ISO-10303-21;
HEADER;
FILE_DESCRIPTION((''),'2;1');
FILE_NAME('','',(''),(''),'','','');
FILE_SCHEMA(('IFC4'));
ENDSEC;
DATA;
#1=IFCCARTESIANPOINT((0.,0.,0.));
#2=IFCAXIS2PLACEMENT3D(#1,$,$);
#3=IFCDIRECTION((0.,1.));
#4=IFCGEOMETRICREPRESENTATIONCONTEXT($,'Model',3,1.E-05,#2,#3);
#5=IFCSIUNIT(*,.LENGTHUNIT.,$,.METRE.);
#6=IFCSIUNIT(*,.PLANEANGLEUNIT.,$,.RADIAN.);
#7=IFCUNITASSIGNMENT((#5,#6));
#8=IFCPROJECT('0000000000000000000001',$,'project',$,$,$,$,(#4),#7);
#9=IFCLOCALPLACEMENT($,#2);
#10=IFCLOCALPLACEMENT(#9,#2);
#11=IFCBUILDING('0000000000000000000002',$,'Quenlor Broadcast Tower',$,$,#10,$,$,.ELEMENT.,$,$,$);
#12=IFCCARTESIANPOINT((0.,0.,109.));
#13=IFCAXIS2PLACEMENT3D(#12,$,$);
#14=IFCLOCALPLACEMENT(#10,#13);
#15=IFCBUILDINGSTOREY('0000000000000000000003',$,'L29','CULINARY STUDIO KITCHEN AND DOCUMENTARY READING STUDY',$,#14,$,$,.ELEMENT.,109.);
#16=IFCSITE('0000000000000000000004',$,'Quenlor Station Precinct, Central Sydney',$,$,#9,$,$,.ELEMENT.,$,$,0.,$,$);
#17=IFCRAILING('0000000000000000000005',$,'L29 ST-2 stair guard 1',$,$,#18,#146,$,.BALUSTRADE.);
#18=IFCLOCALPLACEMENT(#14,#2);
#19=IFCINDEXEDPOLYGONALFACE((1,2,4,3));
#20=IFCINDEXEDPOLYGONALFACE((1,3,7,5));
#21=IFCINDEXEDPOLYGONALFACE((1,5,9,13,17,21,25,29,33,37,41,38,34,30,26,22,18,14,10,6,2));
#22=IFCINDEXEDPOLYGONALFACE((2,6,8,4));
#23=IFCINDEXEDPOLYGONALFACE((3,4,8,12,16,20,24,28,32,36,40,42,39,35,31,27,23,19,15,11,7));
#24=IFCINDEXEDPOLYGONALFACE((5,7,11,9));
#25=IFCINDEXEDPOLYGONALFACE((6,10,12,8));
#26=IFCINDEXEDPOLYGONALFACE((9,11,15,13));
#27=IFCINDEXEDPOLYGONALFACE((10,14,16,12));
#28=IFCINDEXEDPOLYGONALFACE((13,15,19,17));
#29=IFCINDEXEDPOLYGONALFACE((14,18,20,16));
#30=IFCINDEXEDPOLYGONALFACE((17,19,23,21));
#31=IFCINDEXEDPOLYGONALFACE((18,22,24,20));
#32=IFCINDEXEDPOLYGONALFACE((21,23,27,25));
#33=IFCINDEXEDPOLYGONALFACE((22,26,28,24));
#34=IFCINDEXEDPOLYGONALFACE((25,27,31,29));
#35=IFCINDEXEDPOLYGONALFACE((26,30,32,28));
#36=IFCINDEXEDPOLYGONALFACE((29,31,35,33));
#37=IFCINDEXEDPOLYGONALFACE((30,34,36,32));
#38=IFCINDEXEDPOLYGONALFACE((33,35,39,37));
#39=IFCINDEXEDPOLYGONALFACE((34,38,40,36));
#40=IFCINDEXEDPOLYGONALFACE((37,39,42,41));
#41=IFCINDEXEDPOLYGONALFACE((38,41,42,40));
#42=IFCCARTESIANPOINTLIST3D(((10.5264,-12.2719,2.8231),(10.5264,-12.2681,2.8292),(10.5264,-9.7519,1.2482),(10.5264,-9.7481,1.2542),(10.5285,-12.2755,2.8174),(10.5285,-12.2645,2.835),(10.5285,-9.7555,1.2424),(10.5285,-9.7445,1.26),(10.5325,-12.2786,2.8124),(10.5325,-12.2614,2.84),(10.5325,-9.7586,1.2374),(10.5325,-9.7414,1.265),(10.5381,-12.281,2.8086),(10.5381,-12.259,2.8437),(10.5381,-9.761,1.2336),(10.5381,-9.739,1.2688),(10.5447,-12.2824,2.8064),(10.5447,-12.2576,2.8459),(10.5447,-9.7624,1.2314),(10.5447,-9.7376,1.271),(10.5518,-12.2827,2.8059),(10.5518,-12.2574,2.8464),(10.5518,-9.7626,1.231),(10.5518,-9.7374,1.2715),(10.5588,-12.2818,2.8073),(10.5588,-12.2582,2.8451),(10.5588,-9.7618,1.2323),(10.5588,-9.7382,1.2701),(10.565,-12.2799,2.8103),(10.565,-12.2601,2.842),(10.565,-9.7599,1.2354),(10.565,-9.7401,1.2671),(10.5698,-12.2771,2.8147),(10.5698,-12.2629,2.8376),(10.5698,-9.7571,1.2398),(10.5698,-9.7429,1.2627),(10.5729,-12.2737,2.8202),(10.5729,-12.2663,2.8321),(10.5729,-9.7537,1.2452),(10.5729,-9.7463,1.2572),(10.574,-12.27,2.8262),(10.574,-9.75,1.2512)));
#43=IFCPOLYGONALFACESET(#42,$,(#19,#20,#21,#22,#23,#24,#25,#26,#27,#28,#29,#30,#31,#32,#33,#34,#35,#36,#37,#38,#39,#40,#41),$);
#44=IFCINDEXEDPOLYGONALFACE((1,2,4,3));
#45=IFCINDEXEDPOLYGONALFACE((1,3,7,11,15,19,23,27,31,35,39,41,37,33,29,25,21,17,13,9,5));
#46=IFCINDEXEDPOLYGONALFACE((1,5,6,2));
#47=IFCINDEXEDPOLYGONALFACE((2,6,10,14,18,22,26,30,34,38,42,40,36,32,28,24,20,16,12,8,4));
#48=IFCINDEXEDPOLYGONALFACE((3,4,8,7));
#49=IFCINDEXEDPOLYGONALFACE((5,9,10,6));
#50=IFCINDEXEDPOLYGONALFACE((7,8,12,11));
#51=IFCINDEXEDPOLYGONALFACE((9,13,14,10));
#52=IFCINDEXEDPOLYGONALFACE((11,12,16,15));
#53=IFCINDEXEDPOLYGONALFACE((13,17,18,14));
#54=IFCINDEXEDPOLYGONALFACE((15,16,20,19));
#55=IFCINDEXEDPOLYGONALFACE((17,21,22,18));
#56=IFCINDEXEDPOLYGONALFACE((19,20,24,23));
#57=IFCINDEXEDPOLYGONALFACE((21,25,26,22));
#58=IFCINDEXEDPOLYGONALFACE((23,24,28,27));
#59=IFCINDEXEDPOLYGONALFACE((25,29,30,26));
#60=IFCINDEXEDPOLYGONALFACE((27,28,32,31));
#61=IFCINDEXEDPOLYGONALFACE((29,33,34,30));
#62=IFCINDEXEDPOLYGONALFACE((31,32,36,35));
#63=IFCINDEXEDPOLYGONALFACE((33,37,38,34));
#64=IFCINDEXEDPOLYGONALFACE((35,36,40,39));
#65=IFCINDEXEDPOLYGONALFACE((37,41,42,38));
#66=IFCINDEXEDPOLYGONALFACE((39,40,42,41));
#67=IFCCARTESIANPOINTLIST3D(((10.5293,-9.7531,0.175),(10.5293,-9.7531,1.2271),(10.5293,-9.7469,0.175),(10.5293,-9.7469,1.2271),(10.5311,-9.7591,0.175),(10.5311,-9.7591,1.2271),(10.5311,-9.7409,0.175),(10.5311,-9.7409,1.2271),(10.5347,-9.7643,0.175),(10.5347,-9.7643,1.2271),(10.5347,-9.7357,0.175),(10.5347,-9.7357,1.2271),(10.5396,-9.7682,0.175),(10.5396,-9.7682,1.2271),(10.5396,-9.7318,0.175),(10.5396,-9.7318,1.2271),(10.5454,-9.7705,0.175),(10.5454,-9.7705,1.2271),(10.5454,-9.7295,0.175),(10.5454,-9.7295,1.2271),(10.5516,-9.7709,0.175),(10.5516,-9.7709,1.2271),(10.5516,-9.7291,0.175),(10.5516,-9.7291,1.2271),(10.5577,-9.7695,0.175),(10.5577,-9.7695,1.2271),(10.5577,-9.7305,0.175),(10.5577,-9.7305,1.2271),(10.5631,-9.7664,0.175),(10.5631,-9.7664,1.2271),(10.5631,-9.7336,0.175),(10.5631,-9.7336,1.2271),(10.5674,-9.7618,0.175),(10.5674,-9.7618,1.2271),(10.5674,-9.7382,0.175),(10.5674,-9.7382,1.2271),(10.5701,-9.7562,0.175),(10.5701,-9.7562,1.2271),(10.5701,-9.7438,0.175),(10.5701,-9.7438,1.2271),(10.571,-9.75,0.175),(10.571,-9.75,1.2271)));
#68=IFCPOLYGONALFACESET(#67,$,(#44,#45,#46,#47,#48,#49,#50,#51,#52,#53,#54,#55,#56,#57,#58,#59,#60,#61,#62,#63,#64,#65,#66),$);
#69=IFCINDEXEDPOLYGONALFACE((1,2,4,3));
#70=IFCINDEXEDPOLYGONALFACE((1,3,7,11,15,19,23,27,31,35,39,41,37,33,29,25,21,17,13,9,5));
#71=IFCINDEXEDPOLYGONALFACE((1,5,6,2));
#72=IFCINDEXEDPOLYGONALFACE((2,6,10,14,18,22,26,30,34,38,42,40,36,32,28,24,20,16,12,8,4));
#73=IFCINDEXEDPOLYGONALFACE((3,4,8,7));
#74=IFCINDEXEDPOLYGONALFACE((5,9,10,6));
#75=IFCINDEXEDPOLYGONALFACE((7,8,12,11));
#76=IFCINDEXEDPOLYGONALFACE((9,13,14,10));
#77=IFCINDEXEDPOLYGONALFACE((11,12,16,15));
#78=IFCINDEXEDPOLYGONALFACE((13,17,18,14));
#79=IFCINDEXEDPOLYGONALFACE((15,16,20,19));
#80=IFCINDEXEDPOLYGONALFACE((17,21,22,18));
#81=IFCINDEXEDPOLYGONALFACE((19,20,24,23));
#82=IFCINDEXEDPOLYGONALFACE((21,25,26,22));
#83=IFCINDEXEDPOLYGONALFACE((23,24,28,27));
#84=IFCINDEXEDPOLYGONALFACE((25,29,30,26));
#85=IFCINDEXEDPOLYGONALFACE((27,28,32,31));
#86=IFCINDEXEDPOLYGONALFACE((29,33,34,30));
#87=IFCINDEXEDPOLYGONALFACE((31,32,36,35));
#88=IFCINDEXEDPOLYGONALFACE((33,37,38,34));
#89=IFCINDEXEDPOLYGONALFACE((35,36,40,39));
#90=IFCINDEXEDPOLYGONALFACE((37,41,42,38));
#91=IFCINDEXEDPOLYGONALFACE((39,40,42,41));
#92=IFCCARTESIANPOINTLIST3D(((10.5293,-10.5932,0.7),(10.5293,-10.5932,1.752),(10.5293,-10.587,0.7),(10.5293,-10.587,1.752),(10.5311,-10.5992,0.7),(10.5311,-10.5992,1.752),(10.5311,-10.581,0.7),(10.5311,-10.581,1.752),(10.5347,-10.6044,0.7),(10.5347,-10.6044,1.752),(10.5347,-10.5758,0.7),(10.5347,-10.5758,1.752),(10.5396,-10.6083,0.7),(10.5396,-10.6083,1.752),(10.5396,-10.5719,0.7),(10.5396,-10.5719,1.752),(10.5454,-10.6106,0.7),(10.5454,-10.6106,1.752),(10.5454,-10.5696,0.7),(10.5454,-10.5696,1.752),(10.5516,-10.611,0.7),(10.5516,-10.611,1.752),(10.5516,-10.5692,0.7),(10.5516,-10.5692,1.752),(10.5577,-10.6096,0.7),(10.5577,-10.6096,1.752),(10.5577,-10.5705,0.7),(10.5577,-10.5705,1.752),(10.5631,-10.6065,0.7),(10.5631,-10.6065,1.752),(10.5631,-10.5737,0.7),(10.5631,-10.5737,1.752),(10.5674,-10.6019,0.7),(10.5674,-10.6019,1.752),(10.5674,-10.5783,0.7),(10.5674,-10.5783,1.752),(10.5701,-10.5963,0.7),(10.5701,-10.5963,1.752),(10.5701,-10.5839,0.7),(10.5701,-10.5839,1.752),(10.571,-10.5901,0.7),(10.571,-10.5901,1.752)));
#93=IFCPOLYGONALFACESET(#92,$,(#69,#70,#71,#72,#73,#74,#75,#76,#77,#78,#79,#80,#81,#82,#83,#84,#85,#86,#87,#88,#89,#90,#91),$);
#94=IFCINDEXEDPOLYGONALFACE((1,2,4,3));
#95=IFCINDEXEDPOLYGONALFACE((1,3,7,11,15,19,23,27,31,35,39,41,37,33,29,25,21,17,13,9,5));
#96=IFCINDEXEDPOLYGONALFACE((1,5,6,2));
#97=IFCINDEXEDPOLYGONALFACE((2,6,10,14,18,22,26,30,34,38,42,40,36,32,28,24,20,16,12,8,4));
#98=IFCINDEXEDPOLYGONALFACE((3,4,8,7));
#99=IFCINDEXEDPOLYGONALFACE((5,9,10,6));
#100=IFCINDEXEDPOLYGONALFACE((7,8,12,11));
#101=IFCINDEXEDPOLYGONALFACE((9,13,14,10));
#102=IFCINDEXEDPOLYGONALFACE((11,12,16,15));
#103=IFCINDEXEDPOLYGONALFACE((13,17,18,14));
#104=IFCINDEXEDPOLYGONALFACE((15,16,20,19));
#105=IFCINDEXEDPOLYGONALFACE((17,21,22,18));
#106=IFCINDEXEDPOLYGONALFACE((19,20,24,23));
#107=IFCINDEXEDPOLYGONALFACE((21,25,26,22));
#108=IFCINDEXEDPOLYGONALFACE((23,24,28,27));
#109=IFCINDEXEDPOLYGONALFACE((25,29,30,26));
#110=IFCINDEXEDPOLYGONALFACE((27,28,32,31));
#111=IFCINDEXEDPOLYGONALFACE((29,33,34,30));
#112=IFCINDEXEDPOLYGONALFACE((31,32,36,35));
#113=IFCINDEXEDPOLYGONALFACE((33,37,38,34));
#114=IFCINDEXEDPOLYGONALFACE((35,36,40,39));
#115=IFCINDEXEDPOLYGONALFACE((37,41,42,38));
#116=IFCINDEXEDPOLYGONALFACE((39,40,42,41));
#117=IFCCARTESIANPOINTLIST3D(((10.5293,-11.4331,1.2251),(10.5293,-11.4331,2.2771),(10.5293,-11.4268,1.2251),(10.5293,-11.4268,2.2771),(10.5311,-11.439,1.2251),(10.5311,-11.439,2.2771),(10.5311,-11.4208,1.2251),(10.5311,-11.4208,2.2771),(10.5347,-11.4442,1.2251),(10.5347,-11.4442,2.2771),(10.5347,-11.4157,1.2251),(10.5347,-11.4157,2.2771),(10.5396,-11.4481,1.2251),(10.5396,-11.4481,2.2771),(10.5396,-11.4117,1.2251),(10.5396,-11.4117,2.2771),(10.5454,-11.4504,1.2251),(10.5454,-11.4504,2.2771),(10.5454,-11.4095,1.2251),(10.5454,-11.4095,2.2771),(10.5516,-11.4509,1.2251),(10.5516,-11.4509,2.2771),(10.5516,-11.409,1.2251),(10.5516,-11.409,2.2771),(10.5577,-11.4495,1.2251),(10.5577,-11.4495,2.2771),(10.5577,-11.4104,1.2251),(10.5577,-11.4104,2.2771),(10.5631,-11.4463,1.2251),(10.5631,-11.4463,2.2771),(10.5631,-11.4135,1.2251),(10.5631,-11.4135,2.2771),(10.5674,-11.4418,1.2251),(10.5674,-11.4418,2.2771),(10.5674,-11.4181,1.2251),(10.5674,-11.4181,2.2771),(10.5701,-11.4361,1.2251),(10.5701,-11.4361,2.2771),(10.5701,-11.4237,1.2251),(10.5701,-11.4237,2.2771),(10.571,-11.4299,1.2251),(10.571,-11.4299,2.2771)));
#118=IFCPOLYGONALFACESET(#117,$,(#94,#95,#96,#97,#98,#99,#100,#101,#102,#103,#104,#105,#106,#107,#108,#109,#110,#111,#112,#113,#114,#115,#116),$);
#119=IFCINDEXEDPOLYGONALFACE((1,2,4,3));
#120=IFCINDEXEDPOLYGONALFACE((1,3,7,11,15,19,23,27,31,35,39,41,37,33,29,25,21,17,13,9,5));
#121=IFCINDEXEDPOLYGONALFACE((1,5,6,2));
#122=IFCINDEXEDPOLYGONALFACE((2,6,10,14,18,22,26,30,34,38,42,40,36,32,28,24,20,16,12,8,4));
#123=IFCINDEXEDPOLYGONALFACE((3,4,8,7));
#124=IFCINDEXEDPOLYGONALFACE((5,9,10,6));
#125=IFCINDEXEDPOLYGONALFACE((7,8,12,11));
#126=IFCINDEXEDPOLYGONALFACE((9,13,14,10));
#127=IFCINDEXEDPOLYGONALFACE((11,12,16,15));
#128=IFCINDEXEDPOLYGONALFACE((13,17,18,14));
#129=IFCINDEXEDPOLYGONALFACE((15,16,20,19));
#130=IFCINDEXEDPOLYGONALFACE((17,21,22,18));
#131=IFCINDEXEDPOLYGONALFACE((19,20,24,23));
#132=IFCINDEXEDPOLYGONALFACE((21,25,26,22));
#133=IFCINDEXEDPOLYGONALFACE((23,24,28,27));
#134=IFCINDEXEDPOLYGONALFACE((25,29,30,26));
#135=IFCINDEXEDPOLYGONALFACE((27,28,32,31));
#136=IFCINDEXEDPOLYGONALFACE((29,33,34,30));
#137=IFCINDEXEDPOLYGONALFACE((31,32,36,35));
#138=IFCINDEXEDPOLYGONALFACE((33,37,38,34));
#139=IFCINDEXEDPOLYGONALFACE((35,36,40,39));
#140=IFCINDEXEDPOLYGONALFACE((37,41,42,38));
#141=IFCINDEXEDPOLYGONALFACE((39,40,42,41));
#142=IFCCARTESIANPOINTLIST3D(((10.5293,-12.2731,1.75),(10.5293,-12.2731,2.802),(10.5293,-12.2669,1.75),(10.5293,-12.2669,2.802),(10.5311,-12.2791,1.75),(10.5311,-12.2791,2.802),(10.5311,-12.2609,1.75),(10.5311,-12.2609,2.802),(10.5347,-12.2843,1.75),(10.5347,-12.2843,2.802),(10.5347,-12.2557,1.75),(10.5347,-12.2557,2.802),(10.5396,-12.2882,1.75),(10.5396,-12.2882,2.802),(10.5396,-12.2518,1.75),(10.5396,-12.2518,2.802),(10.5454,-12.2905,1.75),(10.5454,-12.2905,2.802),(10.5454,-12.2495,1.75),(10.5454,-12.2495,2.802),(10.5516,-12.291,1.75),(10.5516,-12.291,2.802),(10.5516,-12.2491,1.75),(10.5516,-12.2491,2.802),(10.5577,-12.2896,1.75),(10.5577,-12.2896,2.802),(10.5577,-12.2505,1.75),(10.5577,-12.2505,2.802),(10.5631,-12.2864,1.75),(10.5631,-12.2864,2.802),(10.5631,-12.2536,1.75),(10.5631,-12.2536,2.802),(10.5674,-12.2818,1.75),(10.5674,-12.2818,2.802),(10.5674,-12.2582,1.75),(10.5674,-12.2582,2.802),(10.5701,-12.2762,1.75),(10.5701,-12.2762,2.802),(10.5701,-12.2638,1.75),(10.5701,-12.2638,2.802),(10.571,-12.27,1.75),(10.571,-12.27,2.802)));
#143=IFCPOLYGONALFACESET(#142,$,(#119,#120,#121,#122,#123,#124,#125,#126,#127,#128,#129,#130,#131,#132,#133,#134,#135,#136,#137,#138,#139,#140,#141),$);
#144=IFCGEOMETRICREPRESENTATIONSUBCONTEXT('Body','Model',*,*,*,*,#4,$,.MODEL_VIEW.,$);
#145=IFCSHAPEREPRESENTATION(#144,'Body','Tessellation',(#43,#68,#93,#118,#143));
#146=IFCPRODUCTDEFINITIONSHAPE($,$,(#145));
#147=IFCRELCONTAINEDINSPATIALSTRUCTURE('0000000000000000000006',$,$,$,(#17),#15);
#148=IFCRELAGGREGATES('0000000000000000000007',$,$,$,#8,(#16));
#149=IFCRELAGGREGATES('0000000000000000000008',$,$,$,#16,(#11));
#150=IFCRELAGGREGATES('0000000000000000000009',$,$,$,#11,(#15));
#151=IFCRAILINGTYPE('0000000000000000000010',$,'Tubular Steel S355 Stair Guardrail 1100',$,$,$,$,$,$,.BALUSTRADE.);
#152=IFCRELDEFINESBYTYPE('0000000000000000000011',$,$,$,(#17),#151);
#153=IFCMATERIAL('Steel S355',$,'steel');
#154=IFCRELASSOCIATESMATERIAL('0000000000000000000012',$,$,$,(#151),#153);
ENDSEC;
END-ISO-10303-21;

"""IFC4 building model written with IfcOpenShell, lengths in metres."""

from ifc_helpers import new_model, si_unit, direction, frame, origin, origin_2d, place, context, subcontext, project, spatial, circle, extrude, material, type_object, element, save


model = new_model("IFC4")

# Units and contexts
model_context = context("Model", 3, precision=1e-05, world=origin(), true_north=direction((0.0, 1.0)))
body_context = subcontext(model_context, "Body", "Model", "MODEL_VIEW")
ifc_project = project(units=[si_unit("LENGTHUNIT", "METRE"), si_unit("PLANEANGLEUNIT", "RADIAN")], contexts=[model_context])

# Site, building, storey
site_placement = place(None, origin())
site = spatial("IfcSite", under=ifc_project, at=site_placement, Name="Quenlor Station Precinct, Central Sydney", CompositionType="ELEMENT", RefElevation=0.0)
building_placement = place(site_placement, origin())
building = spatial("IfcBuilding", under=site, at=building_placement, Name="Quenlor Broadcast Tower", CompositionType="ELEMENT")
storey_placement = place(building_placement, frame((0.0, 0.0, 109.0)))
storey = spatial("IfcBuildingStorey", under=building, at=storey_placement, Name="L29", Description="CULINARY STUDIO KITCHEN AND DOCUMENTARY READING STUDY", CompositionType="ELEMENT", Elevation=109.0)

# Railing
ifc_material_1 = material(Name="Steel S355", Category="steel")
railing_type_1 = type_object("IfcRailingType", Name="Tubular Steel S355 Stair Guardrail 1100", PredefinedType="BALUSTRADE", material=ifc_material_1)
railing_1_placement = place(storey_placement, frame((10.55, -9.75, 0.175)))
element("IfcRailing", 1, at=railing_1_placement, inside=storey, type_object=railing_type_1, Name="L29 ST-2 stair guard 1", PredefinedType="BALUSTRADE", context=body_context, shape_type="SweptSolid", body=[
    extrude(circle(Radius=0.0239, at=origin_2d()), frame((0.0, 0.0, 1.0762), z_axis=(0.0, -0.848008, 0.529984), x_axis=(1.0, 0.0, 0.0)), (0.0, 0.0, 1.0), 2.9717),
    extrude(circle(Radius=0.021, at=origin_2d()), origin(), (0.0, 0.0, 1.0), 1.052),
    extrude(circle(Radius=0.021, at=origin_2d()), frame((0.0, -0.8401, 0.5249)), (0.0, 0.0, 1.0), 1.052),
    extrude(circle(Radius=0.021, at=origin_2d()), frame((0.0, -1.6799, 1.05)), (0.0, 0.0, 1.0), 1.052),
    extrude(circle(Radius=0.021, at=origin_2d()), frame((0.0, -2.52, 1.575)), (0.0, 0.0, 1.0), 1.052),
])

save(model, "model.ifc")
